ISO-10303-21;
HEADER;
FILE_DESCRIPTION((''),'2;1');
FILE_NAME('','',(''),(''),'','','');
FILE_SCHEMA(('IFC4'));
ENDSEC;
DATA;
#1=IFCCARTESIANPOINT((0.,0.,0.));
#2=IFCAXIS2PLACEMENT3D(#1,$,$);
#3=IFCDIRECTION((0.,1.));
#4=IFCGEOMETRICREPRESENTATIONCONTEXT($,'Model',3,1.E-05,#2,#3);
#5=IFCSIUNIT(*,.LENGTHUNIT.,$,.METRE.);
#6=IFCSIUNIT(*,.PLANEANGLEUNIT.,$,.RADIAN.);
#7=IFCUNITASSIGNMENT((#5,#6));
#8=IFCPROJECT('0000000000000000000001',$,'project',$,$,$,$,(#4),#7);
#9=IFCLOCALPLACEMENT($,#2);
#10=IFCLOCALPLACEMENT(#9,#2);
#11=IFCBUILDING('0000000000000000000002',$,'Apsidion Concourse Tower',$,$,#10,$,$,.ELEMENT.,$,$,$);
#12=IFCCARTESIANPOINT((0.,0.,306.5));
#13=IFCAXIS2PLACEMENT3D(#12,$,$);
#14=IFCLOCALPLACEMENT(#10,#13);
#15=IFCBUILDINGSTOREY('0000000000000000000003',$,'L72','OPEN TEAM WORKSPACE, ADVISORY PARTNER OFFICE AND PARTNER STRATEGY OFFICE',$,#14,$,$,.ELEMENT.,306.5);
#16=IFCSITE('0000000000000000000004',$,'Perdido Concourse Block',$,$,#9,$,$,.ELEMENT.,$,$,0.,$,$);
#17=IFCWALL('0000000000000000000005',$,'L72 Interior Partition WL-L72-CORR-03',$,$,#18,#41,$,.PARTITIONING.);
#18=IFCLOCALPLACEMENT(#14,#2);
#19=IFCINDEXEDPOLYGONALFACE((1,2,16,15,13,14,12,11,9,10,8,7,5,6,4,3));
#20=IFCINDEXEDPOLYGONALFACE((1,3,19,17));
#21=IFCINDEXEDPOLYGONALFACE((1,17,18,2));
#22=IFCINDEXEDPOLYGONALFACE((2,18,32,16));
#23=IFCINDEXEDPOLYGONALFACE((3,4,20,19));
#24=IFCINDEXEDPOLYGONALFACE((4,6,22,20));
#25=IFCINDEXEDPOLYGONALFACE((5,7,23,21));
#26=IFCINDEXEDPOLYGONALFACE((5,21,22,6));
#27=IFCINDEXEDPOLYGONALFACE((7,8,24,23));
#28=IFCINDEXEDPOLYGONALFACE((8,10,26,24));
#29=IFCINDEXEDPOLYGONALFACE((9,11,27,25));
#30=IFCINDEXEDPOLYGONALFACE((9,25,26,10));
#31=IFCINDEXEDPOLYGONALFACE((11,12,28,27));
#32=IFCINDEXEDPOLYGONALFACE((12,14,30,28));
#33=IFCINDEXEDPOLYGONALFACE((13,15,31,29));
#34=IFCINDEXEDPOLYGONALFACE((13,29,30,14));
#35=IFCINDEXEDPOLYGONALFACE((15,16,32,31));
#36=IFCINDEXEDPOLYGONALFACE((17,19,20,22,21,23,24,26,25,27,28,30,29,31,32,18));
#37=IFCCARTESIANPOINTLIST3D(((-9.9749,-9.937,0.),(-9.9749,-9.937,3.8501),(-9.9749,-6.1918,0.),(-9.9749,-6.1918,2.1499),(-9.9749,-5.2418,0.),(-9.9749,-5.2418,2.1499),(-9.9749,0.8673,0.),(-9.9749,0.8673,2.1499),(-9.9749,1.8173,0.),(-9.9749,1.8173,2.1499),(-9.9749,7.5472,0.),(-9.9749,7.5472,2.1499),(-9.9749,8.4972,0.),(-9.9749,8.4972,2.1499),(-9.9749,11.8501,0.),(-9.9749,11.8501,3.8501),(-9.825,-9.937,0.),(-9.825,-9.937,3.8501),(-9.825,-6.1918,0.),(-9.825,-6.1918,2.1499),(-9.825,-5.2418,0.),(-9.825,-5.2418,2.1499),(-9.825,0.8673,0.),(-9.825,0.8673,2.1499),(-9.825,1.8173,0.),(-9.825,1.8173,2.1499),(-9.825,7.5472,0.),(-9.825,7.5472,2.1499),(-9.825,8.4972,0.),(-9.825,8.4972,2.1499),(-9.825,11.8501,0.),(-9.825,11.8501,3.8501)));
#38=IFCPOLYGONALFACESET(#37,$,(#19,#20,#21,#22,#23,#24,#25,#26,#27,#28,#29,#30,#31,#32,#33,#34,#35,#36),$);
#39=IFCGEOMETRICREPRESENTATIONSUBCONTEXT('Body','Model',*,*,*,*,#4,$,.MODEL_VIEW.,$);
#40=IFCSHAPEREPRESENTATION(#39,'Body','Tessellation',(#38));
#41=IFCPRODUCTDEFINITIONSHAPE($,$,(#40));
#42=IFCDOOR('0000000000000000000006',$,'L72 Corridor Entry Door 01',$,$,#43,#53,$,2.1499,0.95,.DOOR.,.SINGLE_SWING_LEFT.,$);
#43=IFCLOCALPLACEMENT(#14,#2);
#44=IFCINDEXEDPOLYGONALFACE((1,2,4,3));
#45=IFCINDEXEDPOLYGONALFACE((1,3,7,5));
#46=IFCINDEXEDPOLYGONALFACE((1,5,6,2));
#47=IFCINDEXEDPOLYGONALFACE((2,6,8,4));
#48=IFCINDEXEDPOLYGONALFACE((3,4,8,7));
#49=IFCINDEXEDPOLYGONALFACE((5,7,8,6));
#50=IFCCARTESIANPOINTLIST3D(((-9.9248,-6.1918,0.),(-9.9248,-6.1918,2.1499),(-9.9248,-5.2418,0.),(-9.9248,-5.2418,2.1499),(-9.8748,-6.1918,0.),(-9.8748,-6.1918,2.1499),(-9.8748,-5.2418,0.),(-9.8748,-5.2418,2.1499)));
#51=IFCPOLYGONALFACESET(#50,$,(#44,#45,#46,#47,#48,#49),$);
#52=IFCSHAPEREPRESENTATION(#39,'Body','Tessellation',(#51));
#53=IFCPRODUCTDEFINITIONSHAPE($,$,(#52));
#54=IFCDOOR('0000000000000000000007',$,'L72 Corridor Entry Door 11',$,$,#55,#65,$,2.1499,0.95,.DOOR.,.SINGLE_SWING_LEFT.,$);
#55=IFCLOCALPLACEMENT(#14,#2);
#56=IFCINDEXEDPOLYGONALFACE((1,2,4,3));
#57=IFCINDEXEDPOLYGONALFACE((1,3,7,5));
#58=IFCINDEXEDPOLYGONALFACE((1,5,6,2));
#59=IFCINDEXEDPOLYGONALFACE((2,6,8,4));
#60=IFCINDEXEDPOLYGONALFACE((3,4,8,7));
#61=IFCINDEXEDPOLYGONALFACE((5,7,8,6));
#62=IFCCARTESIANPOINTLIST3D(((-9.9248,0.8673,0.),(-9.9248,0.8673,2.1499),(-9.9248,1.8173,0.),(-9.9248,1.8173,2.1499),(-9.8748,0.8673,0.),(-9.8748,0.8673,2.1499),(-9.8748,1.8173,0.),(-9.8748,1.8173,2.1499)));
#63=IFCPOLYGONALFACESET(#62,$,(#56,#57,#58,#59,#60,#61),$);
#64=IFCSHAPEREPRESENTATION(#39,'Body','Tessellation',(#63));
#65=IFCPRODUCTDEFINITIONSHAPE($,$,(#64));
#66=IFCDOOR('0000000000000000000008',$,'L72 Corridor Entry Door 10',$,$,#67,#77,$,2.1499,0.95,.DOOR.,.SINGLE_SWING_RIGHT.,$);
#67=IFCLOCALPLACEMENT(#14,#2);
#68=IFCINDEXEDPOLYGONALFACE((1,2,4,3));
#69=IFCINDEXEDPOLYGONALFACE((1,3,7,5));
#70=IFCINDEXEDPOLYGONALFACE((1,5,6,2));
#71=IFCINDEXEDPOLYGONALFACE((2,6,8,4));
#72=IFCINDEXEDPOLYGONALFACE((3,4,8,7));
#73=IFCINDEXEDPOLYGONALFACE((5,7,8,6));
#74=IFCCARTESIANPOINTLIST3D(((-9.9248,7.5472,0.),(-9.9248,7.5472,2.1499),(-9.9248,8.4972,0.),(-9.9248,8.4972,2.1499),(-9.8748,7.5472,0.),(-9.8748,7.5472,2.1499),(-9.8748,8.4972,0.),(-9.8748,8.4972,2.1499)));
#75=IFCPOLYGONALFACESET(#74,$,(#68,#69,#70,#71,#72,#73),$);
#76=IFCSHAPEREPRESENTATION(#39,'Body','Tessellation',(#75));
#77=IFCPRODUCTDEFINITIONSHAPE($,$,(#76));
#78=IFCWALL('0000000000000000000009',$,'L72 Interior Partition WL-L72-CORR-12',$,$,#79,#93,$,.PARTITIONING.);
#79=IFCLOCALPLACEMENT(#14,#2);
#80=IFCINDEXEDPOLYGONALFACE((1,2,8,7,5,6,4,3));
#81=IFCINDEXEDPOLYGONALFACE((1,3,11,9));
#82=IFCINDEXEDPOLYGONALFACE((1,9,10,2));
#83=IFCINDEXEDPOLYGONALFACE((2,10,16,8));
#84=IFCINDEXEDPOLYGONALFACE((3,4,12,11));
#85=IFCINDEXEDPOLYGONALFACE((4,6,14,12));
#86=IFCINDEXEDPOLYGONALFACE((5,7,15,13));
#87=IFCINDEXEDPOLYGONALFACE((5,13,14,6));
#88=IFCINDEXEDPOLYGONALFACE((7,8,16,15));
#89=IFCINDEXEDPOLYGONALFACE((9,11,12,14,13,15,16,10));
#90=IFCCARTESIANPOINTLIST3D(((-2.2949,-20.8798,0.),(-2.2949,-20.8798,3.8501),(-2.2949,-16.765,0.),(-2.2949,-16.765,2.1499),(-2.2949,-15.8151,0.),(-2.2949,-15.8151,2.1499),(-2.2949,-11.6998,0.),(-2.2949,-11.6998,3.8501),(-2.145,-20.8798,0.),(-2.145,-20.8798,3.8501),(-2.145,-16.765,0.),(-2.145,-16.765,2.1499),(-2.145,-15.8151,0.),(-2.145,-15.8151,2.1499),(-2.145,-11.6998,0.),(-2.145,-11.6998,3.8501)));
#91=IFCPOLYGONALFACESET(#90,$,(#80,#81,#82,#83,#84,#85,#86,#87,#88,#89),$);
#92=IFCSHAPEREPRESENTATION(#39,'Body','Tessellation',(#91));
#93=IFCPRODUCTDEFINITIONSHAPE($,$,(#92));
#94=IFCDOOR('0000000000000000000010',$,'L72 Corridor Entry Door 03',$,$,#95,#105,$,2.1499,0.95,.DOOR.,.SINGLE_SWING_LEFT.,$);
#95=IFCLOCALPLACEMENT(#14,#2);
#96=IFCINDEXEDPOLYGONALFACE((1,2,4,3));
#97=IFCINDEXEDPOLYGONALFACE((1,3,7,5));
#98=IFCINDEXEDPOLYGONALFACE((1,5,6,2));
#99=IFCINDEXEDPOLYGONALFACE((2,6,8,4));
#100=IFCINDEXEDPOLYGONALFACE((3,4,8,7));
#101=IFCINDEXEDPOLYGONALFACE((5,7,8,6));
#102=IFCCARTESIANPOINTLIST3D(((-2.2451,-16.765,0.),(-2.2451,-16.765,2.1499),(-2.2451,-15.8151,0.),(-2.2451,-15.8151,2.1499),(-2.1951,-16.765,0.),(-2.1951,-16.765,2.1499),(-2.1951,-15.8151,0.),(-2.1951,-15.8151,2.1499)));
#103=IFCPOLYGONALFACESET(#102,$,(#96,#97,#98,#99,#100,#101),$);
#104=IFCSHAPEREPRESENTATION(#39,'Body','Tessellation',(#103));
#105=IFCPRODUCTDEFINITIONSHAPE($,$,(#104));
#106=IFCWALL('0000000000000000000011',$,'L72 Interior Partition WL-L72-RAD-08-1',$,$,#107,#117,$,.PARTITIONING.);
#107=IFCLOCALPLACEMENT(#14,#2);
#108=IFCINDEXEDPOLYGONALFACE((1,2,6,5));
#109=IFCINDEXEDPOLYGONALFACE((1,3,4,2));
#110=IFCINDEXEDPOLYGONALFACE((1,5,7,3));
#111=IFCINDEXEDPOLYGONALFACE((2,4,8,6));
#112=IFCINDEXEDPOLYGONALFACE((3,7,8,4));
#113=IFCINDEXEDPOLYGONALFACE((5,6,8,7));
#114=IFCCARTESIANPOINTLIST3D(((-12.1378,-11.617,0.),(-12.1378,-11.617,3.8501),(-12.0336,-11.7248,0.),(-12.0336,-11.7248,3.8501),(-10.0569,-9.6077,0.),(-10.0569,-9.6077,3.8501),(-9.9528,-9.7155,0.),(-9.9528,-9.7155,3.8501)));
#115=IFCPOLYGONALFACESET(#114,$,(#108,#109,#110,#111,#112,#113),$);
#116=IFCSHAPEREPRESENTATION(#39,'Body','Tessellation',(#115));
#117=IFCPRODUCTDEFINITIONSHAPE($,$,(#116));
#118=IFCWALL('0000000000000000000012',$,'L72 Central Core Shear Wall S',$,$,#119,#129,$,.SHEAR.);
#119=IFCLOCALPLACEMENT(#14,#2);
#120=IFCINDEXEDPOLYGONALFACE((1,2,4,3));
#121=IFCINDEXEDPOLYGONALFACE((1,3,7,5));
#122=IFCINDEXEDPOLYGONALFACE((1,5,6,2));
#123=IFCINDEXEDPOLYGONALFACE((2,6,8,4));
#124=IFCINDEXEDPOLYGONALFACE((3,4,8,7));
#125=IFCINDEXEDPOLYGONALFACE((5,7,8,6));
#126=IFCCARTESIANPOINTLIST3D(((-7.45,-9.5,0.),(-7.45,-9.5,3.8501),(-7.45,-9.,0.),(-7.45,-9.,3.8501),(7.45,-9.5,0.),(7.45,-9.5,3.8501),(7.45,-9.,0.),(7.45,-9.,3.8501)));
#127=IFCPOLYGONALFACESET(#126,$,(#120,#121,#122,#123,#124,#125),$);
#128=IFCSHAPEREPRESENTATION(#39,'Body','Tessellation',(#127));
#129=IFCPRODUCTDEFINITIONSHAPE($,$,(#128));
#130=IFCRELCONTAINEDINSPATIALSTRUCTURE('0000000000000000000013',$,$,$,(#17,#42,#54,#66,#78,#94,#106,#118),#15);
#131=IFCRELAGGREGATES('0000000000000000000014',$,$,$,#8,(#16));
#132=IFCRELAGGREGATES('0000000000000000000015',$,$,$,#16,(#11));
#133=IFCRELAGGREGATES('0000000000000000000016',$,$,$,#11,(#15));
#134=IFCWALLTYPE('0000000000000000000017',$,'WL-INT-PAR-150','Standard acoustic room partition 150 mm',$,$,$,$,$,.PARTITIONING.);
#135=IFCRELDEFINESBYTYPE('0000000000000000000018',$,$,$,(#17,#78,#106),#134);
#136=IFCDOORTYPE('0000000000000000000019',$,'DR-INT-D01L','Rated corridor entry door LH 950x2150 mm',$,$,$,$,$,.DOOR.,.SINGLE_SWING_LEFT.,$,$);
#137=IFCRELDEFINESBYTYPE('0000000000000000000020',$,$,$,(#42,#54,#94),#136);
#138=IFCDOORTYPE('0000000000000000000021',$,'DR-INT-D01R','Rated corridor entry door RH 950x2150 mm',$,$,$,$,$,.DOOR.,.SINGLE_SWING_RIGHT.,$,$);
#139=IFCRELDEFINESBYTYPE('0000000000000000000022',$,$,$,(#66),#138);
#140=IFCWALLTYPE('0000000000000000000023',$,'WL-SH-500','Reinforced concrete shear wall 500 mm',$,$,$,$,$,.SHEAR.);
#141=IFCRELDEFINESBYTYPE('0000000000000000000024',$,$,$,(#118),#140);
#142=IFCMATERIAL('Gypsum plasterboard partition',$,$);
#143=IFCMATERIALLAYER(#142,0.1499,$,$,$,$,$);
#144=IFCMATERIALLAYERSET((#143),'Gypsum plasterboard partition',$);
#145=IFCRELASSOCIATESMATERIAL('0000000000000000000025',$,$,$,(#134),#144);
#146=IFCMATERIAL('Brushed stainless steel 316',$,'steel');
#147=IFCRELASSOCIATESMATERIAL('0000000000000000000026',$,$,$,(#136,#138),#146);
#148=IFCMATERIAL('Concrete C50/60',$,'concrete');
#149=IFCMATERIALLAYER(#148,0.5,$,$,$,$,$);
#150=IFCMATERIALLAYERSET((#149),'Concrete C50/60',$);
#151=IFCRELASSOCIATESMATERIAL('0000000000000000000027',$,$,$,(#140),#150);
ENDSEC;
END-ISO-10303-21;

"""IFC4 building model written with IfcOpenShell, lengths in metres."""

from ifc_helpers import new_model, si_unit, direction, frame, frame_2d, origin, place, context, subcontext, project, spatial, rectangle, extrude, material, layer, layer_set, type_object, element, fill, save


model = new_model("IFC4")

# Units and contexts
model_context = context("Model", 3, precision=1e-05, world=origin(), true_north=direction((0.0, 1.0)))
body_context = subcontext(model_context, "Body", "Model", "MODEL_VIEW")
ifc_project = project(units=[si_unit("LENGTHUNIT", "METRE"), si_unit("PLANEANGLEUNIT", "RADIAN")], contexts=[model_context])

# Site, building, storey
site_placement = place(None, origin())
site = spatial("IfcSite", under=ifc_project, at=site_placement, Name="Perdido Concourse Block", CompositionType="ELEMENT", RefElevation=0.0)
building_placement = place(site_placement, origin())
building = spatial("IfcBuilding", under=site, at=building_placement, Name="Apsidion Concourse Tower", CompositionType="ELEMENT")
storey_placement = place(building_placement, frame((0.0, 0.0, 306.5)))
storey = spatial("IfcBuildingStorey", under=building, at=storey_placement, Name="L72", Description="OPEN TEAM WORKSPACE, ADVISORY PARTNER OFFICE AND PARTNER STRATEGY OFFICE", CompositionType="ELEMENT", Elevation=306.5)

# Shared definitions
ifc_material_1 = material(Name="Gypsum plasterboard partition")
ifc_layer_1 = layer(ifc_material_1, 0.1499)
ifc_layer_set_1 = layer_set([ifc_layer_1], Name="Gypsum plasterboard partition")
wall_type_1 = type_object("IfcWallType", Name="WL-INT-PAR-150", Description="Standard acoustic room partition 150 mm", PredefinedType="PARTITIONING", material=ifc_layer_set_1)

# Wall, openings, doors
wall_1_placement = place(storey_placement, frame((-9.8999, -9.937, 0.0), z_axis=(0.0, 0.0, 1.0), x_axis=(0.0, 1.0, 0.0)))
wall_1 = element("IfcWall", 1, at=wall_1_placement, inside=storey, type_object=wall_type_1, Name="L72 Interior Partition WL-L72-CORR-03", PredefinedType="PARTITIONING", context=body_context, shape_type="SweptSolid", body=[
    extrude(rectangle(XDim=21.7871, YDim=0.1499, at=frame_2d((10.8936, 0.0))), origin(), (0.0, 0.0, 1.0), 3.8501),
])
opening_1_placement = place(wall_1_placement, frame((3.7451, 0.0, 0.0)))
opening_1 = element("IfcOpeningElement", 2, at=opening_1_placement, cuts=wall_1, PredefinedType="OPENING", context=body_context, shape_type="SweptSolid", body=[
    extrude(rectangle(XDim=0.95, YDim=2.1499, at=frame_2d((0.4751, 1.075))), frame((0.0, 0.085, 0.0), z_axis=(0.0, -1.0, 0.0), x_axis=(1.0, 0.0, 0.0)), (0.0, 0.0, 1.0), 0.1699),
])
opening_2_placement = place(wall_1_placement, frame((17.4841, 0.0, 0.0)))
opening_2 = element("IfcOpeningElement", 3, at=opening_2_placement, cuts=wall_1, PredefinedType="OPENING", context=body_context, shape_type="SweptSolid", body=[
    extrude(rectangle(XDim=0.95, YDim=2.1499, at=frame_2d((0.4751, 1.075))), frame((0.0, 0.085, 0.0), z_axis=(0.0, -1.0, 0.0), x_axis=(1.0, 0.0, 0.0)), (0.0, 0.0, 1.0), 0.1699),
])
opening_3_placement = place(wall_1_placement, frame((10.8042, 0.0, 0.0)))
opening_3 = element("IfcOpeningElement", 4, at=opening_3_placement, cuts=wall_1, PredefinedType="OPENING", context=body_context, shape_type="SweptSolid", body=[
    extrude(rectangle(XDim=0.95, YDim=2.1499, at=frame_2d((0.4751, 1.075))), frame((0.0, 0.085, 0.0), z_axis=(0.0, -1.0, 0.0), x_axis=(1.0, 0.0, 0.0)), (0.0, 0.0, 1.0), 0.1699),
])
ifc_material_2 = material(Name="Brushed stainless steel 316", Category="steel")
door_type_1 = type_object("IfcDoorType", Name="DR-INT-D01L", Description="Rated corridor entry door LH 950x2150 mm", OperationType="SINGLE_SWING_LEFT", PredefinedType="DOOR", material=ifc_material_2)
door_1_placement = place(opening_1_placement, origin())
door_1 = element("IfcDoor", 5, at=door_1_placement, inside=storey, type_object=door_type_1, Name="L72 Corridor Entry Door 01", OperationType="SINGLE_SWING_LEFT", OverallHeight=2.1499, OverallWidth=0.95, PredefinedType="DOOR", context=body_context, shape_type="SweptSolid", body=[
    extrude(rectangle(XDim=0.95, YDim=2.1499, at=frame_2d((0.4751, 1.075))), frame((0.0, 0.0249, 0.0), z_axis=(0.0, -1.0, 0.0), x_axis=(1.0, 0.0, 0.0)), (0.0, 0.0, 1.0), 0.05),
])
fill(opening_1, door_1)
door_2_placement = place(opening_3_placement, origin())
door_2 = element("IfcDoor", 6, at=door_2_placement, inside=storey, type_object=door_type_1, Name="L72 Corridor Entry Door 11", OperationType="SINGLE_SWING_LEFT", OverallHeight=2.1499, OverallWidth=0.95, PredefinedType="DOOR", context=body_context, shape_type="SweptSolid", body=[
    extrude(rectangle(XDim=0.95, YDim=2.1499, at=frame_2d((0.4751, 1.075))), frame((0.0, 0.0249, 0.0), z_axis=(0.0, -1.0, 0.0), x_axis=(1.0, 0.0, 0.0)), (0.0, 0.0, 1.0), 0.05),
])
fill(opening_3, door_2)
door_type_2 = type_object("IfcDoorType", Name="DR-INT-D01R", Description="Rated corridor entry door RH 950x2150 mm", OperationType="SINGLE_SWING_RIGHT", PredefinedType="DOOR", material=ifc_material_2)
door_3_placement = place(opening_2_placement, origin())
door_3 = element("IfcDoor", 7, at=door_3_placement, inside=storey, type_object=door_type_2, Name="L72 Corridor Entry Door 10", OperationType="SINGLE_SWING_RIGHT", OverallHeight=2.1499, OverallWidth=0.95, PredefinedType="DOOR", context=body_context, shape_type="SweptSolid", body=[
    extrude(rectangle(XDim=0.95, YDim=2.1499, at=frame_2d((0.4751, 1.075))), frame((0.0, 0.0249, 0.0), z_axis=(0.0, -1.0, 0.0), x_axis=(1.0, 0.0, 0.0)), (0.0, 0.0, 1.0), 0.05),
])
fill(opening_2, door_3)

# Wall, opening, door
wall_2_placement = place(storey_placement, frame((-2.22, -11.7, 0.0), z_axis=(0.0, 0.0, 1.0), x_axis=(0.0, -1.0, 0.0)))
wall_2 = element("IfcWall", 8, at=wall_2_placement, inside=storey, type_object=wall_type_1, Name="L72 Interior Partition WL-L72-CORR-12", PredefinedType="PARTITIONING", context=body_context, shape_type="SweptSolid", body=[
    extrude(rectangle(XDim=9.1799, YDim=0.1499, at=frame_2d((4.5898, 0.0))), origin(), (0.0, 0.0, 1.0), 3.8501),
])
opening_4_placement = place(wall_2_placement, frame((4.115, 0.0, 0.0)))
opening_4 = element("IfcOpeningElement", 9, at=opening_4_placement, cuts=wall_2, PredefinedType="OPENING", context=body_context, shape_type="SweptSolid", body=[
    extrude(rectangle(XDim=0.95, YDim=2.1499, at=frame_2d((0.4751, 1.075))), frame((0.0, 0.085, 0.0), z_axis=(0.0, -1.0, 0.0), x_axis=(1.0, 0.0, 0.0)), (0.0, 0.0, 1.0), 0.1699),
])
door_4_placement = place(opening_4_placement, origin())
door_4 = element("IfcDoor", 10, at=door_4_placement, inside=storey, type_object=door_type_1, Name="L72 Corridor Entry Door 03", OperationType="SINGLE_SWING_LEFT", OverallHeight=2.1499, OverallWidth=0.95, PredefinedType="DOOR", context=body_context, shape_type="SweptSolid", body=[
    extrude(rectangle(XDim=0.95, YDim=2.1499, at=frame_2d((0.4751, 1.075))), frame((0.0, 0.0249, 0.0), z_axis=(0.0, -1.0, 0.0), x_axis=(1.0, 0.0, 0.0)), (0.0, 0.0, 1.0), 0.05),
])
fill(opening_4, door_4)

# Walls
wall_3_placement = place(storey_placement, frame((-10.0049, -9.6616, 0.0), z_axis=(0.0, 0.0, 1.0), x_axis=(-0.719364, -0.694634, 0.0)))
element("IfcWall", 11, at=wall_3_placement, inside=storey, type_object=wall_type_1, Name="L72 Interior Partition WL-L72-RAD-08-1", PredefinedType="PARTITIONING", context=body_context, shape_type="SweptSolid", body=[
    extrude(rectangle(XDim=2.8926, YDim=0.1499, at=frame_2d((1.4463, 0.0))), origin(), (0.0, 0.0, 1.0), 3.8501),
])
ifc_material_3 = material(Name="Concrete C50/60", Category="concrete")
ifc_layer_2 = layer(ifc_material_3, 0.5)
ifc_layer_set_2 = layer_set([ifc_layer_2], Name="Concrete C50/60")
wall_type_2 = type_object("IfcWallType", Name="WL-SH-500", Description="Reinforced concrete shear wall 500 mm", PredefinedType="SHEAR", material=ifc_layer_set_2)
wall_4_placement = place(storey_placement, frame((-7.45, -9.25, 0.0), z_axis=(0.0, 0.0, 1.0), x_axis=(1.0, 0.0, 0.0)))
element("IfcWall", 12, at=wall_4_placement, inside=storey, type_object=wall_type_2, Name="L72 Central Core Shear Wall S", PredefinedType="SHEAR", context=body_context, shape_type="SweptSolid", body=[
    extrude(rectangle(XDim=14.8999, YDim=0.5, at=frame_2d((7.45, 0.0))), origin(), (0.0, 0.0, 1.0), 3.8501),
])

save(model, "model.ifc")
